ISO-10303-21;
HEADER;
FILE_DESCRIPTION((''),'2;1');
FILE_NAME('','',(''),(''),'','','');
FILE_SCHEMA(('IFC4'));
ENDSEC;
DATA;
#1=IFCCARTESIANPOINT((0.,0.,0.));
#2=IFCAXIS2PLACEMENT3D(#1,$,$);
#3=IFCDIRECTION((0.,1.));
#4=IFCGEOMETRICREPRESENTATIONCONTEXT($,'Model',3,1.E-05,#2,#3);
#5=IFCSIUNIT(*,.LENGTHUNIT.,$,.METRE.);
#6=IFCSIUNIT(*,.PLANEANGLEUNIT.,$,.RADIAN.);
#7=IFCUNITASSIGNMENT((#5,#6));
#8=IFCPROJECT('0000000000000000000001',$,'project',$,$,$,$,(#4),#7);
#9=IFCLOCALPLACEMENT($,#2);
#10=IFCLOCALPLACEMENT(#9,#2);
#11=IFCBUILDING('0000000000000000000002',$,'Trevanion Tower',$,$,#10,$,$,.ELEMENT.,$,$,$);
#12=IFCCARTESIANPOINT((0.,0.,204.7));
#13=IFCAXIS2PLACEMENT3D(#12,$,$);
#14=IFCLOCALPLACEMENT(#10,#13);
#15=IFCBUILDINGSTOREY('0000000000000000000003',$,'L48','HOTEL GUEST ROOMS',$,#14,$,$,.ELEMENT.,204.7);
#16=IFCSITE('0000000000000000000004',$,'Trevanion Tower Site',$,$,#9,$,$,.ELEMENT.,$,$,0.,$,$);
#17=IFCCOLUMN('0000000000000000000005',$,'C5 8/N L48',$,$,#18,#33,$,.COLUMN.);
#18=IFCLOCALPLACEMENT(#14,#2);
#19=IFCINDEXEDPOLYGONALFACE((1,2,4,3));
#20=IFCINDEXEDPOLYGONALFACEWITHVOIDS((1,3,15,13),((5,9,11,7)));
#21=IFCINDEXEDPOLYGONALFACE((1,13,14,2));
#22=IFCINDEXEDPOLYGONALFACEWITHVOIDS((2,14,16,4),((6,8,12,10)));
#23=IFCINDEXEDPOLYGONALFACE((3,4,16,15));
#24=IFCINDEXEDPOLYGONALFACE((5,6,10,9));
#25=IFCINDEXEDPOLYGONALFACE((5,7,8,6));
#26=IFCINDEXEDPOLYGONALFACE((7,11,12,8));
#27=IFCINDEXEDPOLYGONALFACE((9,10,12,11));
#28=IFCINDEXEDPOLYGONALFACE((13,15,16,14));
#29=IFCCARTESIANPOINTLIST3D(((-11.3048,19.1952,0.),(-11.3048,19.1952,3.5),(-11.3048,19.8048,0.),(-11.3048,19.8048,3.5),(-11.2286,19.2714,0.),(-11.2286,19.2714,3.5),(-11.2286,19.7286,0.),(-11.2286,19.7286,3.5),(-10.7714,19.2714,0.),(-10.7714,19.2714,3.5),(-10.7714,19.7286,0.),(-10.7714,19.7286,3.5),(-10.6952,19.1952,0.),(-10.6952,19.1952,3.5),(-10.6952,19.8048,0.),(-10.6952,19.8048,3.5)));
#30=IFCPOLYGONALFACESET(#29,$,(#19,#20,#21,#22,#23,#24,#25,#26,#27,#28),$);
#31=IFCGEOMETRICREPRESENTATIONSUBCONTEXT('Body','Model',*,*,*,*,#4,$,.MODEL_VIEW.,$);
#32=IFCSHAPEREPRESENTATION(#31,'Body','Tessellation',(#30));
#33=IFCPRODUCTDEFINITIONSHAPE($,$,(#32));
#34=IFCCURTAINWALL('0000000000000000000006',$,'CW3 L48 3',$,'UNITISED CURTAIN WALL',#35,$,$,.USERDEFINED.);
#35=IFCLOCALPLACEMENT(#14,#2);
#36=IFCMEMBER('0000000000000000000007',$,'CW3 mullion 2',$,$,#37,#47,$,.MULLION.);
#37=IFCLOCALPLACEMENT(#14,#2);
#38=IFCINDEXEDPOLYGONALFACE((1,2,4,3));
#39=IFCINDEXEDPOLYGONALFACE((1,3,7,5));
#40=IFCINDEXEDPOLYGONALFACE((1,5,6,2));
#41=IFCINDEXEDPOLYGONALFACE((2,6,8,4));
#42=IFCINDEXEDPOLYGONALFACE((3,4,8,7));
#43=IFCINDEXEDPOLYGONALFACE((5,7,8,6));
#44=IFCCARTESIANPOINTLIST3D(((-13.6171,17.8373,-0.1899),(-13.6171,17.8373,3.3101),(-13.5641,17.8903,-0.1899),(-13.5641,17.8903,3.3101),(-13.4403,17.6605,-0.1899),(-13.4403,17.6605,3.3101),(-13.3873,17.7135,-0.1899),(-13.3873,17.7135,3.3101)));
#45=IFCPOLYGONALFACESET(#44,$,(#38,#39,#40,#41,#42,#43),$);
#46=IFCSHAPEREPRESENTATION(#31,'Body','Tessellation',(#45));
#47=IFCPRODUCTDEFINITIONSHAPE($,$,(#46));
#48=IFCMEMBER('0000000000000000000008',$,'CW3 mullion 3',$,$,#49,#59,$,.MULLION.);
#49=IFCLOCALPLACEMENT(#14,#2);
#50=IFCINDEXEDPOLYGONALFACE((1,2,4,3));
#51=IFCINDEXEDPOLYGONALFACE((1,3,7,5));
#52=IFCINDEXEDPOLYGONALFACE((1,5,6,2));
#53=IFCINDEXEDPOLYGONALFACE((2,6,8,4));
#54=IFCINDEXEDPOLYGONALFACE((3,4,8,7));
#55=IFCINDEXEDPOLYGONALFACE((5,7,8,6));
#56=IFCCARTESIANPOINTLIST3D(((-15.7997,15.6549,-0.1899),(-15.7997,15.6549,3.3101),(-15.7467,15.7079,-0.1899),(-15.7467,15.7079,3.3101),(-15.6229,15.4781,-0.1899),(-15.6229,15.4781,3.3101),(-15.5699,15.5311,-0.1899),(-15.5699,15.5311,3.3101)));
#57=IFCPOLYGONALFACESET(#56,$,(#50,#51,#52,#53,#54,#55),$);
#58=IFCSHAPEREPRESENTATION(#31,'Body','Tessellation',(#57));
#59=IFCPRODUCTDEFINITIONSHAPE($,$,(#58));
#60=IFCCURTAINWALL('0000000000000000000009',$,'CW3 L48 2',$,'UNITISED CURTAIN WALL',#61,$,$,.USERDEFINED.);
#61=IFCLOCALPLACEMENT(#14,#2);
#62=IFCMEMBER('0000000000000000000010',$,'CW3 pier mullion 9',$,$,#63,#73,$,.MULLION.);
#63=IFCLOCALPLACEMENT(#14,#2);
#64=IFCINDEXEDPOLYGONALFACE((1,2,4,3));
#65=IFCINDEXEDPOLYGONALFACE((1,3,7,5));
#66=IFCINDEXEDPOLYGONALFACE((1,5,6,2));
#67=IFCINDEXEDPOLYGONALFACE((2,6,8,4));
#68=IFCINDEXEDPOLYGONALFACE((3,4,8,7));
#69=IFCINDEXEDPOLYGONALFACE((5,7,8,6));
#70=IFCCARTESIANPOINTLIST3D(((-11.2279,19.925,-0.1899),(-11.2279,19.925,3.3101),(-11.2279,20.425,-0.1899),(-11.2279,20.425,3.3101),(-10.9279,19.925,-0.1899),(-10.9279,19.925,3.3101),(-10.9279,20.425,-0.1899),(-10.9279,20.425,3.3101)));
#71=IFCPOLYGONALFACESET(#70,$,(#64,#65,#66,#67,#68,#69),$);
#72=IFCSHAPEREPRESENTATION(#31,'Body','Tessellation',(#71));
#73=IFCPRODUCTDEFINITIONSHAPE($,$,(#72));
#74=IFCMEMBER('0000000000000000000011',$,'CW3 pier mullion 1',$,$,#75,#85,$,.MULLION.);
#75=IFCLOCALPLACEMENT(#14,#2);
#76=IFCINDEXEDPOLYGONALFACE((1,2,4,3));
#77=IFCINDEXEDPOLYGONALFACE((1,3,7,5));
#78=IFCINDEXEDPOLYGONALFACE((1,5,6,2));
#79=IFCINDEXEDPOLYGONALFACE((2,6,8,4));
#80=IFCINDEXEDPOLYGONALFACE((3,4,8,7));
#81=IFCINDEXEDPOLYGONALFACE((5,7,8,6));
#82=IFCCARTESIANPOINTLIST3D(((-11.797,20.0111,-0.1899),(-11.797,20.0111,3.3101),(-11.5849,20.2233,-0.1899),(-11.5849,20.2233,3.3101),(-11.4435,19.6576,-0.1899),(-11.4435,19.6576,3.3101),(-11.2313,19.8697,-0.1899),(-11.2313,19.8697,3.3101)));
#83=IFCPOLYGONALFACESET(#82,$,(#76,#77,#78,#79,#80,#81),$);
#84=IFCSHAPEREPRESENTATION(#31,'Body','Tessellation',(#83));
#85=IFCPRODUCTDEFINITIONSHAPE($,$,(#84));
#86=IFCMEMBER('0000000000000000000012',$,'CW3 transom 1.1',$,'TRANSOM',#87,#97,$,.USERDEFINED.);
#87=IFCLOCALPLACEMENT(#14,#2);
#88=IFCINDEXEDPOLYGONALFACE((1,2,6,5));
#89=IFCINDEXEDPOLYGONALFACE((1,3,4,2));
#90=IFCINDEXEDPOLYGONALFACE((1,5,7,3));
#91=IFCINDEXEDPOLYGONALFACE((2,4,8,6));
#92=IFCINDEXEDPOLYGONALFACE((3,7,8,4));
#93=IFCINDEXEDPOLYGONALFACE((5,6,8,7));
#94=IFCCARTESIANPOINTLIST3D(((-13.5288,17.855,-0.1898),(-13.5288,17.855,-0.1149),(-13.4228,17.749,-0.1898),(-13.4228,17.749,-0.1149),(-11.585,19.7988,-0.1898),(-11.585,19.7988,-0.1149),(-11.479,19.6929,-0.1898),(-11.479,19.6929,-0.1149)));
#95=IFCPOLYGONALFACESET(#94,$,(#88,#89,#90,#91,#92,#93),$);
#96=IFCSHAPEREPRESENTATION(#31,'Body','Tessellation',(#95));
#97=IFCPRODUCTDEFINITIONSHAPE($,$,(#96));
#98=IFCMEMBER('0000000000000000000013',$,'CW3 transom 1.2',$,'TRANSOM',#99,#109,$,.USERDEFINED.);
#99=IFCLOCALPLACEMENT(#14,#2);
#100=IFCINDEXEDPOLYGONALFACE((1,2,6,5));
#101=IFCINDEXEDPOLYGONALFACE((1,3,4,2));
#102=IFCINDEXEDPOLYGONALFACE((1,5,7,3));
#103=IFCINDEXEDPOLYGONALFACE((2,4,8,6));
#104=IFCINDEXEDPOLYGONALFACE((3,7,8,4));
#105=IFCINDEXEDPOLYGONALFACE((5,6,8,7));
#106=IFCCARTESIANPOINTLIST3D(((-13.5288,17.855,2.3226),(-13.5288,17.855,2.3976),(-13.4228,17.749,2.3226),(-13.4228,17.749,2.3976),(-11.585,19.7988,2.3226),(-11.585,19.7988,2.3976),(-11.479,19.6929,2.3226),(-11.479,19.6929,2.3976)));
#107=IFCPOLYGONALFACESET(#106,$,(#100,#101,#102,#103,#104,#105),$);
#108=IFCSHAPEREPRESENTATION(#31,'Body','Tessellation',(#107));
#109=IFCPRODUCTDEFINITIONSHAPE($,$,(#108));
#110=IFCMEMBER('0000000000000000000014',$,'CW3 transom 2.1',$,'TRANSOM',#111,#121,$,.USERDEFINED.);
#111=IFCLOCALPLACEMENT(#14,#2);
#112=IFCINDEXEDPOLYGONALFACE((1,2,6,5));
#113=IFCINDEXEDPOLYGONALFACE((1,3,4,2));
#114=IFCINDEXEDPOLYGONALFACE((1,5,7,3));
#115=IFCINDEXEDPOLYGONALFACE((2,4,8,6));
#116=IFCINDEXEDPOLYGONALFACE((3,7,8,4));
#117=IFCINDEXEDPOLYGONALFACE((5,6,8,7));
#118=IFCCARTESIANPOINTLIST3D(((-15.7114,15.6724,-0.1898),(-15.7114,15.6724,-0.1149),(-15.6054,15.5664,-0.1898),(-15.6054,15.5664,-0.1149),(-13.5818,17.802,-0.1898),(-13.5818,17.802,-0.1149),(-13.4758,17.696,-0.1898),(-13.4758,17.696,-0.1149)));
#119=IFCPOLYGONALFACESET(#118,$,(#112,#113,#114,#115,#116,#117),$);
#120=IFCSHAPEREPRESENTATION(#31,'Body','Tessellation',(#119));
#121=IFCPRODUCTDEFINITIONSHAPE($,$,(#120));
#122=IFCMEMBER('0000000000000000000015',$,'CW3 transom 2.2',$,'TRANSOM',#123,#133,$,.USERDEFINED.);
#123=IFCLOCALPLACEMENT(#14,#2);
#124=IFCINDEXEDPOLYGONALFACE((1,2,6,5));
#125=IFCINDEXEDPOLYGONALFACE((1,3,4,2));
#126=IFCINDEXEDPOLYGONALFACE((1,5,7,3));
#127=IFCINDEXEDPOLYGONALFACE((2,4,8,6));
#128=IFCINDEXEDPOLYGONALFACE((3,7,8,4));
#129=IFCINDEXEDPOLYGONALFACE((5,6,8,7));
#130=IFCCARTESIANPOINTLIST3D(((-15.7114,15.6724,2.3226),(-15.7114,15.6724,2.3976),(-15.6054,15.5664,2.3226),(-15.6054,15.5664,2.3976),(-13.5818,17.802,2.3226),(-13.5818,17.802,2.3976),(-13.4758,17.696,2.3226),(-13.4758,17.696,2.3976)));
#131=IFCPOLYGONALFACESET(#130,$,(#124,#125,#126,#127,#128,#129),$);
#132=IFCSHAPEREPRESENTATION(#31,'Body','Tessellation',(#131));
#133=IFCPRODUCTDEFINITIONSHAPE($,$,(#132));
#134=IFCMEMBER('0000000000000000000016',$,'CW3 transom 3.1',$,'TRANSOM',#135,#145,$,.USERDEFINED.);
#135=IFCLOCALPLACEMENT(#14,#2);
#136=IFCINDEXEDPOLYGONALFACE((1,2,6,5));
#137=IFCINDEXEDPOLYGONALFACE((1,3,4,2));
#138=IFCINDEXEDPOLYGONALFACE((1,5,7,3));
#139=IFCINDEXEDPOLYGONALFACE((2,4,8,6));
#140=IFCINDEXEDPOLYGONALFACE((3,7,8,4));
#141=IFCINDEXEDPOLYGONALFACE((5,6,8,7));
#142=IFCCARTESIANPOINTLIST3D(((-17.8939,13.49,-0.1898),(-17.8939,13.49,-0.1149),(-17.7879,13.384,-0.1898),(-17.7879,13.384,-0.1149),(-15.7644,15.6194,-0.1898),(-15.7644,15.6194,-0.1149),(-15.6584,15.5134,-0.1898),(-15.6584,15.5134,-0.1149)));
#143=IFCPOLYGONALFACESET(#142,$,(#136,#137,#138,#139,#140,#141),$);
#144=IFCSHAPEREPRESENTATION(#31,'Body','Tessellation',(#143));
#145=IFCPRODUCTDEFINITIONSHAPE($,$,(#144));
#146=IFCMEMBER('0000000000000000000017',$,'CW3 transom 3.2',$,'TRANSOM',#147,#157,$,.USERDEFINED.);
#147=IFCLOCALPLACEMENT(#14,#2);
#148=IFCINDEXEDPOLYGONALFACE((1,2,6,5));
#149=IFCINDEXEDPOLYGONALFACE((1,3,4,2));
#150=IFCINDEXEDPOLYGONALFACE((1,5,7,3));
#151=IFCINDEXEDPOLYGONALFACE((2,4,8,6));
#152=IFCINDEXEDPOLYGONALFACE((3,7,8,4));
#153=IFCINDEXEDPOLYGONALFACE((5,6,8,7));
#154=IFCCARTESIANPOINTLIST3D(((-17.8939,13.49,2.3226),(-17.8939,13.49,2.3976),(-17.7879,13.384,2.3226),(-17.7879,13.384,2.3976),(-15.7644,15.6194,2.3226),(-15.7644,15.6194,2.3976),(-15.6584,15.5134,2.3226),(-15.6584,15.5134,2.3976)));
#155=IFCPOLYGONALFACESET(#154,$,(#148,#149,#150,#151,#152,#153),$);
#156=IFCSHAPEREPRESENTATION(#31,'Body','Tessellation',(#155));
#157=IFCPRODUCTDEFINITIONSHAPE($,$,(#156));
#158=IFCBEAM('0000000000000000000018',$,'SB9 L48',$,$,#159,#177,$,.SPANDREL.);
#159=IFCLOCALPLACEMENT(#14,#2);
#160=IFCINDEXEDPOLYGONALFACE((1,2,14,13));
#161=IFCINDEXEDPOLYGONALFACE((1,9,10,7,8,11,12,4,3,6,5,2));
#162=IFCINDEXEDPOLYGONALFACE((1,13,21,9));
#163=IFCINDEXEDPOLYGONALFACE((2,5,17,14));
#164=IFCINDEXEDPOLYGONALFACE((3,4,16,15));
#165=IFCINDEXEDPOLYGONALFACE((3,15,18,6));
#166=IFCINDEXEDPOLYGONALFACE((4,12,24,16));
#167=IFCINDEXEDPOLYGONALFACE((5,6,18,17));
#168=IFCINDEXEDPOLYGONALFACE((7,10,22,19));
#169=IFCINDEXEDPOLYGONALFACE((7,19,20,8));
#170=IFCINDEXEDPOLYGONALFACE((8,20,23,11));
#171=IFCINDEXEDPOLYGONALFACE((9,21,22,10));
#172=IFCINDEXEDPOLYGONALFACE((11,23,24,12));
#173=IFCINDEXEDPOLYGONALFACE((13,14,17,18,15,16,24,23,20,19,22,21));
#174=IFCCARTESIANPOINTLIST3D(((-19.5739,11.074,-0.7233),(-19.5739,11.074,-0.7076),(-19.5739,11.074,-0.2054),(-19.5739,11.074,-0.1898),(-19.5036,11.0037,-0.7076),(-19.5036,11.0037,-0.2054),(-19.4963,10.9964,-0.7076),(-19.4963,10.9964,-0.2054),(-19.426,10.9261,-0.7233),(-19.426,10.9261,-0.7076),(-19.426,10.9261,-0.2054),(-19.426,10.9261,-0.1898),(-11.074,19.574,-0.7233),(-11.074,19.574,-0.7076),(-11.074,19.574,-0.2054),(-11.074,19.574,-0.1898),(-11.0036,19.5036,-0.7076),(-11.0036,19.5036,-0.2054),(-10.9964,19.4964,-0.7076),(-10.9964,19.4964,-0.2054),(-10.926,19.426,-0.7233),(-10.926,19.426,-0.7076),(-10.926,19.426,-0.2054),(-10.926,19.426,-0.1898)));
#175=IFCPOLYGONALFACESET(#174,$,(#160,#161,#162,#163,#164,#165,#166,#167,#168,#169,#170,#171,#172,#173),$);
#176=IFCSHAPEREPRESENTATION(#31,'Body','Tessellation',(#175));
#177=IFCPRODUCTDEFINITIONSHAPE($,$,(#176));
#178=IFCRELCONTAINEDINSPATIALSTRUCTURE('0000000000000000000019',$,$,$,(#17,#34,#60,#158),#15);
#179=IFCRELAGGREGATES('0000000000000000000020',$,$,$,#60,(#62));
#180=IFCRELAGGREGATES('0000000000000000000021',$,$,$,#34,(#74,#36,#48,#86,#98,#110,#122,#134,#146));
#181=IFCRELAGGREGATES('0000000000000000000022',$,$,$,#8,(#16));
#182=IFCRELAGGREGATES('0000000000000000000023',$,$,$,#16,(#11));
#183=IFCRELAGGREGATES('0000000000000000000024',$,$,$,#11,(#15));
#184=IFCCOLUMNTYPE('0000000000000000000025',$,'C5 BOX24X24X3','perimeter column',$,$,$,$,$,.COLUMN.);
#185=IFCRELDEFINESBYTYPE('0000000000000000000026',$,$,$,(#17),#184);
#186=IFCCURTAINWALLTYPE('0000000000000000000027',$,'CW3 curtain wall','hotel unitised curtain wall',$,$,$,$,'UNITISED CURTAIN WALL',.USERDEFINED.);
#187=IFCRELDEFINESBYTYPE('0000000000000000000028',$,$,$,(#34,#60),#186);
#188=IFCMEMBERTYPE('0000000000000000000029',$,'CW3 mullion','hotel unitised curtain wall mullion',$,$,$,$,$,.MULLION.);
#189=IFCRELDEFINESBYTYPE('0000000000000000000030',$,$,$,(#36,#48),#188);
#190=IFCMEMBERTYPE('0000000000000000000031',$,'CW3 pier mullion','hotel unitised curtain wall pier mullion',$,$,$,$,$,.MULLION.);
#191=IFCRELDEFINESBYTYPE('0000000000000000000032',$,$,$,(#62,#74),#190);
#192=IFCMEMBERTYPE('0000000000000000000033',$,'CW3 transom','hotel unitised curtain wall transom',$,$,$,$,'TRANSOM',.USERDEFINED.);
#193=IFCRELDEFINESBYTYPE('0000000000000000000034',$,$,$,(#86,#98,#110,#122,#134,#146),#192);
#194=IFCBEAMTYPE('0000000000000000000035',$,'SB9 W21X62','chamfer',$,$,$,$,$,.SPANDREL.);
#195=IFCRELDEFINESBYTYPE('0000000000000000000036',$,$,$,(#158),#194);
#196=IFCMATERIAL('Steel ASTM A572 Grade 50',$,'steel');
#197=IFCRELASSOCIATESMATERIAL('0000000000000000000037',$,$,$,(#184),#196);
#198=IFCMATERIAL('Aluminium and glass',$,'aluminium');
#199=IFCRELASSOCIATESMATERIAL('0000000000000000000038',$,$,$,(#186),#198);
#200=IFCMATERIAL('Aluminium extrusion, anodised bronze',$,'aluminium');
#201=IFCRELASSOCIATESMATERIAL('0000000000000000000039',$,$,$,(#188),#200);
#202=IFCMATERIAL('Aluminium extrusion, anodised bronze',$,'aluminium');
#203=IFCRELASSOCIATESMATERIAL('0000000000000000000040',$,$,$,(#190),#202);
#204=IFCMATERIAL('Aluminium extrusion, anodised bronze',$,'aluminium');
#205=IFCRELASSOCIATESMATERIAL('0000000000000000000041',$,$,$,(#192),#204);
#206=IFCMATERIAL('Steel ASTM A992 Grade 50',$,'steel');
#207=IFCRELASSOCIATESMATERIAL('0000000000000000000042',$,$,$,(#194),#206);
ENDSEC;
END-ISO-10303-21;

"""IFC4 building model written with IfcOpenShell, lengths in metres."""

from ifc_helpers import new_model, si_unit, direction, frame, origin, origin_2d, place, context, subcontext, project, spatial, rectangle, hollow_rectangle, i_section, extrude, material, material_profile, profile_set, type_object, element, aggregate, save


model = new_model("IFC4")

# Units and contexts
model_context = context("Model", 3, precision=1e-05, world=origin(), true_north=direction((0.0, 1.0)))
body_context = subcontext(model_context, "Body", "Model", "MODEL_VIEW")
ifc_project = project(units=[si_unit("LENGTHUNIT", "METRE"), si_unit("PLANEANGLEUNIT", "RADIAN")], contexts=[model_context])

# Site, building, storey
site_placement = place(None, origin())
site = spatial("IfcSite", under=ifc_project, at=site_placement, Name="Trevanion Tower Site", CompositionType="ELEMENT", RefElevation=0.0)
building_placement = place(site_placement, origin())
building = spatial("IfcBuilding", under=site, at=building_placement, Name="Trevanion Tower", CompositionType="ELEMENT")
storey_placement = place(building_placement, frame((0.0, 0.0, 204.7)))
storey = spatial("IfcBuildingStorey", under=building, at=storey_placement, Name="L48", Description="HOTEL GUEST ROOMS", CompositionType="ELEMENT", Elevation=204.7)

# Column
ifc_material_1 = material(Name="Steel ASTM A572 Grade 50", Category="steel")
ifc_material_profile_1 = material_profile(ifc_material_1, hollow_rectangle(XDim=0.6096, YDim=0.6096, WallThickness=0.0762, at=origin_2d()), Name="BOX24X24X3")
ifc_profile_set_1 = profile_set([ifc_material_profile_1], Name="Steel ASTM A572 Grade 50")
column_type = type_object("IfcColumnType", Name="C5 BOX24X24X3", Description="perimeter column", PredefinedType="COLUMN", material=ifc_profile_set_1)
column_placement = place(storey_placement, frame((-11.0, 19.5, 0.0), z_axis=(0.0, 0.0, 1.0), x_axis=(1.0, 0.0, 0.0)))
element("IfcColumn", 1, at=column_placement, inside=storey, type_object=column_type, Name="C5 8/N L48", PredefinedType="COLUMN", context=body_context, shape_type="SweptSolid", body=[
    extrude(hollow_rectangle(XDim=0.6096, YDim=0.6096, WallThickness=0.0762, at=origin_2d()), origin(), (0.0, 0.0, 1.0), 3.5),
])

# Curtain wall, members
ifc_material_2 = material(Name="Aluminium and glass", Category="aluminium")
curtain_wall_type = type_object("IfcCurtainWallType", Name="CW3 curtain wall", Description="hotel unitised curtain wall", ElementType="UNITISED CURTAIN WALL", PredefinedType="USERDEFINED", material=ifc_material_2)
curtain_wall_1_placement = place(storey_placement, origin())
curtain_wall_1 = element("IfcCurtainWall", 2, at=curtain_wall_1_placement, inside=storey, type_object=curtain_wall_type, Name="CW3 L48 3", ObjectType="UNITISED CURTAIN WALL", PredefinedType="USERDEFINED")
ifc_material_3 = material(Name="Aluminium extrusion, anodised bronze", Category="aluminium")
ifc_material_profile_2 = material_profile(ifc_material_3, rectangle(XDim=0.075, YDim=0.25, at=origin_2d()), Name="CW3 mullion")
ifc_profile_set_2 = profile_set([ifc_material_profile_2], Name="Aluminium extrusion, anodised bronze")
member_type_1 = type_object("IfcMemberType", Name="CW3 mullion", Description="hotel unitised curtain wall mullion", PredefinedType="MULLION", material=ifc_profile_set_2)
member_1_placement = place(storey_placement, frame((-13.5022, 17.7754, -0.1899), z_axis=(0.0, 0.0, 1.0), x_axis=(-0.707107, -0.707107, 0.0)))
member_1 = element("IfcMember", 3, at=member_1_placement, type_object=member_type_1, Name="CW3 mullion 2", PredefinedType="MULLION", context=body_context, shape_type="SweptSolid", body=[
    extrude(rectangle(XDim=0.075, YDim=0.25, at=origin_2d()), origin(), (0.0, 0.0, 1.0), 3.5),
])
member_2_placement = place(storey_placement, frame((-15.6848, 15.593, -0.1899), z_axis=(0.0, 0.0, 1.0), x_axis=(-0.707107, -0.707107, 0.0)))
member_2 = element("IfcMember", 4, at=member_2_placement, type_object=member_type_1, Name="CW3 mullion 3", PredefinedType="MULLION", context=body_context, shape_type="SweptSolid", body=[
    extrude(rectangle(XDim=0.075, YDim=0.25, at=origin_2d()), origin(), (0.0, 0.0, 1.0), 3.5),
])

# Curtain wall, member
curtain_wall_2_placement = place(storey_placement, origin())
curtain_wall_2 = element("IfcCurtainWall", 5, at=curtain_wall_2_placement, inside=storey, type_object=curtain_wall_type, Name="CW3 L48 2", ObjectType="UNITISED CURTAIN WALL", PredefinedType="USERDEFINED")
ifc_material_4 = material(Name="Aluminium extrusion, anodised bronze", Category="aluminium")
ifc_material_profile_3 = material_profile(ifc_material_4, rectangle(XDim=0.3, YDim=0.5, at=origin_2d()), Name="CW3 pier mullion")
ifc_profile_set_3 = profile_set([ifc_material_profile_3], Name="Aluminium extrusion, anodised bronze")
member_type_2 = type_object("IfcMemberType", Name="CW3 pier mullion", Description="hotel unitised curtain wall pier mullion", PredefinedType="MULLION", material=ifc_profile_set_3)
member_3_placement = place(storey_placement, frame((-11.0779, 20.175, -0.1899), z_axis=(0.0, 0.0, 1.0), x_axis=(-1.0, 0.0, 0.0)))
member_3 = element("IfcMember", 6, at=member_3_placement, type_object=member_type_2, Name="CW3 pier mullion 9", PredefinedType="MULLION", context=body_context, shape_type="SweptSolid", body=[
    extrude(rectangle(XDim=0.3, YDim=0.5, at=origin_2d()), origin(), (0.0, 0.0, 1.0), 3.5),
])
aggregate(curtain_wall_2, [member_3])

# Members
member_4_placement = place(storey_placement, frame((-11.5142, 19.9404, -0.1899), z_axis=(0.0, 0.0, 1.0), x_axis=(-0.707107, -0.707107, 0.0)))
member_4 = element("IfcMember", 7, at=member_4_placement, type_object=member_type_2, Name="CW3 pier mullion 1", PredefinedType="MULLION", context=body_context, shape_type="SweptSolid", body=[
    extrude(rectangle(XDim=0.3, YDim=0.5, at=origin_2d()), origin(), (0.0, 0.0, 1.0), 3.5),
])
ifc_material_5 = material(Name="Aluminium extrusion, anodised bronze", Category="aluminium")
ifc_material_profile_4 = material_profile(ifc_material_5, rectangle(XDim=0.1499, YDim=0.075, at=origin_2d()), Name="CW3 transom")
ifc_profile_set_4 = profile_set([ifc_material_profile_4], Name="Aluminium extrusion, anodised bronze")
member_type_3 = type_object("IfcMemberType", Name="CW3 transom", Description="hotel unitised curtain wall transom", ElementType="TRANSOM", PredefinedType="USERDEFINED", material=ifc_profile_set_4)
member_5_placement = place(storey_placement, frame((-11.532, 19.7458, -0.1523), z_axis=(-0.707107, -0.707107, 0.0), x_axis=(0.707107, -0.707107, 0.0)))
member_5 = element("IfcMember", 8, at=member_5_placement, type_object=member_type_3, Name="CW3 transom 1.1", ObjectType="TRANSOM", PredefinedType="USERDEFINED", context=body_context, shape_type="SweptSolid", body=[
    extrude(rectangle(XDim=0.1499, YDim=0.075, at=origin_2d()), origin(), (0.0, 0.0, 1.0), 2.749),
])
member_6_placement = place(storey_placement, frame((-11.532, 19.7458, 2.3601), z_axis=(-0.707107, -0.707107, 0.0), x_axis=(0.707107, -0.707107, 0.0)))
member_6 = element("IfcMember", 9, at=member_6_placement, type_object=member_type_3, Name="CW3 transom 1.2", ObjectType="TRANSOM", PredefinedType="USERDEFINED", context=body_context, shape_type="SweptSolid", body=[
    extrude(rectangle(XDim=0.1499, YDim=0.075, at=origin_2d()), origin(), (0.0, 0.0, 1.0), 2.749),
])
member_7_placement = place(storey_placement, frame((-13.5288, 17.749, -0.1523), z_axis=(-0.707107, -0.707107, 0.0), x_axis=(0.707107, -0.707107, 0.0)))
member_7 = element("IfcMember", 10, at=member_7_placement, type_object=member_type_3, Name="CW3 transom 2.1", ObjectType="TRANSOM", PredefinedType="USERDEFINED", context=body_context, shape_type="SweptSolid", body=[
    extrude(rectangle(XDim=0.1499, YDim=0.075, at=origin_2d()), origin(), (0.0, 0.0, 1.0), 3.0117),
])
member_8_placement = place(storey_placement, frame((-13.5288, 17.749, 2.3601), z_axis=(-0.707107, -0.707107, 0.0), x_axis=(0.707107, -0.707107, 0.0)))
member_8 = element("IfcMember", 11, at=member_8_placement, type_object=member_type_3, Name="CW3 transom 2.2", ObjectType="TRANSOM", PredefinedType="USERDEFINED", context=body_context, shape_type="SweptSolid", body=[
    extrude(rectangle(XDim=0.1499, YDim=0.075, at=origin_2d()), origin(), (0.0, 0.0, 1.0), 3.0117),
])
member_9_placement = place(storey_placement, frame((-15.7114, 15.5664, -0.1523), z_axis=(-0.707107, -0.707107, 0.0), x_axis=(0.707107, -0.707107, 0.0)))
member_9 = element("IfcMember", 12, at=member_9_placement, type_object=member_type_3, Name="CW3 transom 3.1", ObjectType="TRANSOM", PredefinedType="USERDEFINED", context=body_context, shape_type="SweptSolid", body=[
    extrude(rectangle(XDim=0.1499, YDim=0.075, at=origin_2d()), origin(), (0.0, 0.0, 1.0), 3.0115),
])
member_10_placement = place(storey_placement, frame((-15.7114, 15.5664, 2.3601), z_axis=(-0.707107, -0.707107, 0.0), x_axis=(0.707107, -0.707107, 0.0)))
member_10 = element("IfcMember", 13, at=member_10_placement, type_object=member_type_3, Name="CW3 transom 3.2", ObjectType="TRANSOM", PredefinedType="USERDEFINED", context=body_context, shape_type="SweptSolid", body=[
    extrude(rectangle(XDim=0.1499, YDim=0.075, at=origin_2d()), origin(), (0.0, 0.0, 1.0), 3.0115),
])

# Beam
ifc_material_6 = material(Name="Steel ASTM A992 Grade 50", Category="steel")
ifc_material_profile_5 = material_profile(ifc_material_6, i_section(OverallWidth=0.2092, OverallDepth=0.5334, WebThickness=0.0103, FlangeThickness=0.0156, at=origin_2d()), Name="W21X62")
ifc_profile_set_5 = profile_set([ifc_material_profile_5], Name="Steel ASTM A992 Grade 50")
beam_type = type_object("IfcBeamType", Name="SB9 W21X62", Description="chamfer", PredefinedType="SPANDREL", material=ifc_profile_set_5)
beam_placement = place(storey_placement, frame((-11.0, 19.5, -0.4565), z_axis=(-0.707107, -0.707107, 0.0), x_axis=(0.707107, -0.707107, 0.0)))
element("IfcBeam", 14, at=beam_placement, inside=storey, type_object=beam_type, Name="SB9 L48", PredefinedType="SPANDREL", context=body_context, shape_type="SweptSolid", body=[
    extrude(i_section(OverallWidth=0.2092, OverallDepth=0.5334, WebThickness=0.0103, FlangeThickness=0.0156, at=origin_2d()), origin(), (0.0, 0.0, 1.0), 12.0208),
])

aggregate(curtain_wall_1, [member_4, member_1, member_2, member_5, member_6, member_7, member_8, member_9, member_10])

save(model, "model.ifc")
